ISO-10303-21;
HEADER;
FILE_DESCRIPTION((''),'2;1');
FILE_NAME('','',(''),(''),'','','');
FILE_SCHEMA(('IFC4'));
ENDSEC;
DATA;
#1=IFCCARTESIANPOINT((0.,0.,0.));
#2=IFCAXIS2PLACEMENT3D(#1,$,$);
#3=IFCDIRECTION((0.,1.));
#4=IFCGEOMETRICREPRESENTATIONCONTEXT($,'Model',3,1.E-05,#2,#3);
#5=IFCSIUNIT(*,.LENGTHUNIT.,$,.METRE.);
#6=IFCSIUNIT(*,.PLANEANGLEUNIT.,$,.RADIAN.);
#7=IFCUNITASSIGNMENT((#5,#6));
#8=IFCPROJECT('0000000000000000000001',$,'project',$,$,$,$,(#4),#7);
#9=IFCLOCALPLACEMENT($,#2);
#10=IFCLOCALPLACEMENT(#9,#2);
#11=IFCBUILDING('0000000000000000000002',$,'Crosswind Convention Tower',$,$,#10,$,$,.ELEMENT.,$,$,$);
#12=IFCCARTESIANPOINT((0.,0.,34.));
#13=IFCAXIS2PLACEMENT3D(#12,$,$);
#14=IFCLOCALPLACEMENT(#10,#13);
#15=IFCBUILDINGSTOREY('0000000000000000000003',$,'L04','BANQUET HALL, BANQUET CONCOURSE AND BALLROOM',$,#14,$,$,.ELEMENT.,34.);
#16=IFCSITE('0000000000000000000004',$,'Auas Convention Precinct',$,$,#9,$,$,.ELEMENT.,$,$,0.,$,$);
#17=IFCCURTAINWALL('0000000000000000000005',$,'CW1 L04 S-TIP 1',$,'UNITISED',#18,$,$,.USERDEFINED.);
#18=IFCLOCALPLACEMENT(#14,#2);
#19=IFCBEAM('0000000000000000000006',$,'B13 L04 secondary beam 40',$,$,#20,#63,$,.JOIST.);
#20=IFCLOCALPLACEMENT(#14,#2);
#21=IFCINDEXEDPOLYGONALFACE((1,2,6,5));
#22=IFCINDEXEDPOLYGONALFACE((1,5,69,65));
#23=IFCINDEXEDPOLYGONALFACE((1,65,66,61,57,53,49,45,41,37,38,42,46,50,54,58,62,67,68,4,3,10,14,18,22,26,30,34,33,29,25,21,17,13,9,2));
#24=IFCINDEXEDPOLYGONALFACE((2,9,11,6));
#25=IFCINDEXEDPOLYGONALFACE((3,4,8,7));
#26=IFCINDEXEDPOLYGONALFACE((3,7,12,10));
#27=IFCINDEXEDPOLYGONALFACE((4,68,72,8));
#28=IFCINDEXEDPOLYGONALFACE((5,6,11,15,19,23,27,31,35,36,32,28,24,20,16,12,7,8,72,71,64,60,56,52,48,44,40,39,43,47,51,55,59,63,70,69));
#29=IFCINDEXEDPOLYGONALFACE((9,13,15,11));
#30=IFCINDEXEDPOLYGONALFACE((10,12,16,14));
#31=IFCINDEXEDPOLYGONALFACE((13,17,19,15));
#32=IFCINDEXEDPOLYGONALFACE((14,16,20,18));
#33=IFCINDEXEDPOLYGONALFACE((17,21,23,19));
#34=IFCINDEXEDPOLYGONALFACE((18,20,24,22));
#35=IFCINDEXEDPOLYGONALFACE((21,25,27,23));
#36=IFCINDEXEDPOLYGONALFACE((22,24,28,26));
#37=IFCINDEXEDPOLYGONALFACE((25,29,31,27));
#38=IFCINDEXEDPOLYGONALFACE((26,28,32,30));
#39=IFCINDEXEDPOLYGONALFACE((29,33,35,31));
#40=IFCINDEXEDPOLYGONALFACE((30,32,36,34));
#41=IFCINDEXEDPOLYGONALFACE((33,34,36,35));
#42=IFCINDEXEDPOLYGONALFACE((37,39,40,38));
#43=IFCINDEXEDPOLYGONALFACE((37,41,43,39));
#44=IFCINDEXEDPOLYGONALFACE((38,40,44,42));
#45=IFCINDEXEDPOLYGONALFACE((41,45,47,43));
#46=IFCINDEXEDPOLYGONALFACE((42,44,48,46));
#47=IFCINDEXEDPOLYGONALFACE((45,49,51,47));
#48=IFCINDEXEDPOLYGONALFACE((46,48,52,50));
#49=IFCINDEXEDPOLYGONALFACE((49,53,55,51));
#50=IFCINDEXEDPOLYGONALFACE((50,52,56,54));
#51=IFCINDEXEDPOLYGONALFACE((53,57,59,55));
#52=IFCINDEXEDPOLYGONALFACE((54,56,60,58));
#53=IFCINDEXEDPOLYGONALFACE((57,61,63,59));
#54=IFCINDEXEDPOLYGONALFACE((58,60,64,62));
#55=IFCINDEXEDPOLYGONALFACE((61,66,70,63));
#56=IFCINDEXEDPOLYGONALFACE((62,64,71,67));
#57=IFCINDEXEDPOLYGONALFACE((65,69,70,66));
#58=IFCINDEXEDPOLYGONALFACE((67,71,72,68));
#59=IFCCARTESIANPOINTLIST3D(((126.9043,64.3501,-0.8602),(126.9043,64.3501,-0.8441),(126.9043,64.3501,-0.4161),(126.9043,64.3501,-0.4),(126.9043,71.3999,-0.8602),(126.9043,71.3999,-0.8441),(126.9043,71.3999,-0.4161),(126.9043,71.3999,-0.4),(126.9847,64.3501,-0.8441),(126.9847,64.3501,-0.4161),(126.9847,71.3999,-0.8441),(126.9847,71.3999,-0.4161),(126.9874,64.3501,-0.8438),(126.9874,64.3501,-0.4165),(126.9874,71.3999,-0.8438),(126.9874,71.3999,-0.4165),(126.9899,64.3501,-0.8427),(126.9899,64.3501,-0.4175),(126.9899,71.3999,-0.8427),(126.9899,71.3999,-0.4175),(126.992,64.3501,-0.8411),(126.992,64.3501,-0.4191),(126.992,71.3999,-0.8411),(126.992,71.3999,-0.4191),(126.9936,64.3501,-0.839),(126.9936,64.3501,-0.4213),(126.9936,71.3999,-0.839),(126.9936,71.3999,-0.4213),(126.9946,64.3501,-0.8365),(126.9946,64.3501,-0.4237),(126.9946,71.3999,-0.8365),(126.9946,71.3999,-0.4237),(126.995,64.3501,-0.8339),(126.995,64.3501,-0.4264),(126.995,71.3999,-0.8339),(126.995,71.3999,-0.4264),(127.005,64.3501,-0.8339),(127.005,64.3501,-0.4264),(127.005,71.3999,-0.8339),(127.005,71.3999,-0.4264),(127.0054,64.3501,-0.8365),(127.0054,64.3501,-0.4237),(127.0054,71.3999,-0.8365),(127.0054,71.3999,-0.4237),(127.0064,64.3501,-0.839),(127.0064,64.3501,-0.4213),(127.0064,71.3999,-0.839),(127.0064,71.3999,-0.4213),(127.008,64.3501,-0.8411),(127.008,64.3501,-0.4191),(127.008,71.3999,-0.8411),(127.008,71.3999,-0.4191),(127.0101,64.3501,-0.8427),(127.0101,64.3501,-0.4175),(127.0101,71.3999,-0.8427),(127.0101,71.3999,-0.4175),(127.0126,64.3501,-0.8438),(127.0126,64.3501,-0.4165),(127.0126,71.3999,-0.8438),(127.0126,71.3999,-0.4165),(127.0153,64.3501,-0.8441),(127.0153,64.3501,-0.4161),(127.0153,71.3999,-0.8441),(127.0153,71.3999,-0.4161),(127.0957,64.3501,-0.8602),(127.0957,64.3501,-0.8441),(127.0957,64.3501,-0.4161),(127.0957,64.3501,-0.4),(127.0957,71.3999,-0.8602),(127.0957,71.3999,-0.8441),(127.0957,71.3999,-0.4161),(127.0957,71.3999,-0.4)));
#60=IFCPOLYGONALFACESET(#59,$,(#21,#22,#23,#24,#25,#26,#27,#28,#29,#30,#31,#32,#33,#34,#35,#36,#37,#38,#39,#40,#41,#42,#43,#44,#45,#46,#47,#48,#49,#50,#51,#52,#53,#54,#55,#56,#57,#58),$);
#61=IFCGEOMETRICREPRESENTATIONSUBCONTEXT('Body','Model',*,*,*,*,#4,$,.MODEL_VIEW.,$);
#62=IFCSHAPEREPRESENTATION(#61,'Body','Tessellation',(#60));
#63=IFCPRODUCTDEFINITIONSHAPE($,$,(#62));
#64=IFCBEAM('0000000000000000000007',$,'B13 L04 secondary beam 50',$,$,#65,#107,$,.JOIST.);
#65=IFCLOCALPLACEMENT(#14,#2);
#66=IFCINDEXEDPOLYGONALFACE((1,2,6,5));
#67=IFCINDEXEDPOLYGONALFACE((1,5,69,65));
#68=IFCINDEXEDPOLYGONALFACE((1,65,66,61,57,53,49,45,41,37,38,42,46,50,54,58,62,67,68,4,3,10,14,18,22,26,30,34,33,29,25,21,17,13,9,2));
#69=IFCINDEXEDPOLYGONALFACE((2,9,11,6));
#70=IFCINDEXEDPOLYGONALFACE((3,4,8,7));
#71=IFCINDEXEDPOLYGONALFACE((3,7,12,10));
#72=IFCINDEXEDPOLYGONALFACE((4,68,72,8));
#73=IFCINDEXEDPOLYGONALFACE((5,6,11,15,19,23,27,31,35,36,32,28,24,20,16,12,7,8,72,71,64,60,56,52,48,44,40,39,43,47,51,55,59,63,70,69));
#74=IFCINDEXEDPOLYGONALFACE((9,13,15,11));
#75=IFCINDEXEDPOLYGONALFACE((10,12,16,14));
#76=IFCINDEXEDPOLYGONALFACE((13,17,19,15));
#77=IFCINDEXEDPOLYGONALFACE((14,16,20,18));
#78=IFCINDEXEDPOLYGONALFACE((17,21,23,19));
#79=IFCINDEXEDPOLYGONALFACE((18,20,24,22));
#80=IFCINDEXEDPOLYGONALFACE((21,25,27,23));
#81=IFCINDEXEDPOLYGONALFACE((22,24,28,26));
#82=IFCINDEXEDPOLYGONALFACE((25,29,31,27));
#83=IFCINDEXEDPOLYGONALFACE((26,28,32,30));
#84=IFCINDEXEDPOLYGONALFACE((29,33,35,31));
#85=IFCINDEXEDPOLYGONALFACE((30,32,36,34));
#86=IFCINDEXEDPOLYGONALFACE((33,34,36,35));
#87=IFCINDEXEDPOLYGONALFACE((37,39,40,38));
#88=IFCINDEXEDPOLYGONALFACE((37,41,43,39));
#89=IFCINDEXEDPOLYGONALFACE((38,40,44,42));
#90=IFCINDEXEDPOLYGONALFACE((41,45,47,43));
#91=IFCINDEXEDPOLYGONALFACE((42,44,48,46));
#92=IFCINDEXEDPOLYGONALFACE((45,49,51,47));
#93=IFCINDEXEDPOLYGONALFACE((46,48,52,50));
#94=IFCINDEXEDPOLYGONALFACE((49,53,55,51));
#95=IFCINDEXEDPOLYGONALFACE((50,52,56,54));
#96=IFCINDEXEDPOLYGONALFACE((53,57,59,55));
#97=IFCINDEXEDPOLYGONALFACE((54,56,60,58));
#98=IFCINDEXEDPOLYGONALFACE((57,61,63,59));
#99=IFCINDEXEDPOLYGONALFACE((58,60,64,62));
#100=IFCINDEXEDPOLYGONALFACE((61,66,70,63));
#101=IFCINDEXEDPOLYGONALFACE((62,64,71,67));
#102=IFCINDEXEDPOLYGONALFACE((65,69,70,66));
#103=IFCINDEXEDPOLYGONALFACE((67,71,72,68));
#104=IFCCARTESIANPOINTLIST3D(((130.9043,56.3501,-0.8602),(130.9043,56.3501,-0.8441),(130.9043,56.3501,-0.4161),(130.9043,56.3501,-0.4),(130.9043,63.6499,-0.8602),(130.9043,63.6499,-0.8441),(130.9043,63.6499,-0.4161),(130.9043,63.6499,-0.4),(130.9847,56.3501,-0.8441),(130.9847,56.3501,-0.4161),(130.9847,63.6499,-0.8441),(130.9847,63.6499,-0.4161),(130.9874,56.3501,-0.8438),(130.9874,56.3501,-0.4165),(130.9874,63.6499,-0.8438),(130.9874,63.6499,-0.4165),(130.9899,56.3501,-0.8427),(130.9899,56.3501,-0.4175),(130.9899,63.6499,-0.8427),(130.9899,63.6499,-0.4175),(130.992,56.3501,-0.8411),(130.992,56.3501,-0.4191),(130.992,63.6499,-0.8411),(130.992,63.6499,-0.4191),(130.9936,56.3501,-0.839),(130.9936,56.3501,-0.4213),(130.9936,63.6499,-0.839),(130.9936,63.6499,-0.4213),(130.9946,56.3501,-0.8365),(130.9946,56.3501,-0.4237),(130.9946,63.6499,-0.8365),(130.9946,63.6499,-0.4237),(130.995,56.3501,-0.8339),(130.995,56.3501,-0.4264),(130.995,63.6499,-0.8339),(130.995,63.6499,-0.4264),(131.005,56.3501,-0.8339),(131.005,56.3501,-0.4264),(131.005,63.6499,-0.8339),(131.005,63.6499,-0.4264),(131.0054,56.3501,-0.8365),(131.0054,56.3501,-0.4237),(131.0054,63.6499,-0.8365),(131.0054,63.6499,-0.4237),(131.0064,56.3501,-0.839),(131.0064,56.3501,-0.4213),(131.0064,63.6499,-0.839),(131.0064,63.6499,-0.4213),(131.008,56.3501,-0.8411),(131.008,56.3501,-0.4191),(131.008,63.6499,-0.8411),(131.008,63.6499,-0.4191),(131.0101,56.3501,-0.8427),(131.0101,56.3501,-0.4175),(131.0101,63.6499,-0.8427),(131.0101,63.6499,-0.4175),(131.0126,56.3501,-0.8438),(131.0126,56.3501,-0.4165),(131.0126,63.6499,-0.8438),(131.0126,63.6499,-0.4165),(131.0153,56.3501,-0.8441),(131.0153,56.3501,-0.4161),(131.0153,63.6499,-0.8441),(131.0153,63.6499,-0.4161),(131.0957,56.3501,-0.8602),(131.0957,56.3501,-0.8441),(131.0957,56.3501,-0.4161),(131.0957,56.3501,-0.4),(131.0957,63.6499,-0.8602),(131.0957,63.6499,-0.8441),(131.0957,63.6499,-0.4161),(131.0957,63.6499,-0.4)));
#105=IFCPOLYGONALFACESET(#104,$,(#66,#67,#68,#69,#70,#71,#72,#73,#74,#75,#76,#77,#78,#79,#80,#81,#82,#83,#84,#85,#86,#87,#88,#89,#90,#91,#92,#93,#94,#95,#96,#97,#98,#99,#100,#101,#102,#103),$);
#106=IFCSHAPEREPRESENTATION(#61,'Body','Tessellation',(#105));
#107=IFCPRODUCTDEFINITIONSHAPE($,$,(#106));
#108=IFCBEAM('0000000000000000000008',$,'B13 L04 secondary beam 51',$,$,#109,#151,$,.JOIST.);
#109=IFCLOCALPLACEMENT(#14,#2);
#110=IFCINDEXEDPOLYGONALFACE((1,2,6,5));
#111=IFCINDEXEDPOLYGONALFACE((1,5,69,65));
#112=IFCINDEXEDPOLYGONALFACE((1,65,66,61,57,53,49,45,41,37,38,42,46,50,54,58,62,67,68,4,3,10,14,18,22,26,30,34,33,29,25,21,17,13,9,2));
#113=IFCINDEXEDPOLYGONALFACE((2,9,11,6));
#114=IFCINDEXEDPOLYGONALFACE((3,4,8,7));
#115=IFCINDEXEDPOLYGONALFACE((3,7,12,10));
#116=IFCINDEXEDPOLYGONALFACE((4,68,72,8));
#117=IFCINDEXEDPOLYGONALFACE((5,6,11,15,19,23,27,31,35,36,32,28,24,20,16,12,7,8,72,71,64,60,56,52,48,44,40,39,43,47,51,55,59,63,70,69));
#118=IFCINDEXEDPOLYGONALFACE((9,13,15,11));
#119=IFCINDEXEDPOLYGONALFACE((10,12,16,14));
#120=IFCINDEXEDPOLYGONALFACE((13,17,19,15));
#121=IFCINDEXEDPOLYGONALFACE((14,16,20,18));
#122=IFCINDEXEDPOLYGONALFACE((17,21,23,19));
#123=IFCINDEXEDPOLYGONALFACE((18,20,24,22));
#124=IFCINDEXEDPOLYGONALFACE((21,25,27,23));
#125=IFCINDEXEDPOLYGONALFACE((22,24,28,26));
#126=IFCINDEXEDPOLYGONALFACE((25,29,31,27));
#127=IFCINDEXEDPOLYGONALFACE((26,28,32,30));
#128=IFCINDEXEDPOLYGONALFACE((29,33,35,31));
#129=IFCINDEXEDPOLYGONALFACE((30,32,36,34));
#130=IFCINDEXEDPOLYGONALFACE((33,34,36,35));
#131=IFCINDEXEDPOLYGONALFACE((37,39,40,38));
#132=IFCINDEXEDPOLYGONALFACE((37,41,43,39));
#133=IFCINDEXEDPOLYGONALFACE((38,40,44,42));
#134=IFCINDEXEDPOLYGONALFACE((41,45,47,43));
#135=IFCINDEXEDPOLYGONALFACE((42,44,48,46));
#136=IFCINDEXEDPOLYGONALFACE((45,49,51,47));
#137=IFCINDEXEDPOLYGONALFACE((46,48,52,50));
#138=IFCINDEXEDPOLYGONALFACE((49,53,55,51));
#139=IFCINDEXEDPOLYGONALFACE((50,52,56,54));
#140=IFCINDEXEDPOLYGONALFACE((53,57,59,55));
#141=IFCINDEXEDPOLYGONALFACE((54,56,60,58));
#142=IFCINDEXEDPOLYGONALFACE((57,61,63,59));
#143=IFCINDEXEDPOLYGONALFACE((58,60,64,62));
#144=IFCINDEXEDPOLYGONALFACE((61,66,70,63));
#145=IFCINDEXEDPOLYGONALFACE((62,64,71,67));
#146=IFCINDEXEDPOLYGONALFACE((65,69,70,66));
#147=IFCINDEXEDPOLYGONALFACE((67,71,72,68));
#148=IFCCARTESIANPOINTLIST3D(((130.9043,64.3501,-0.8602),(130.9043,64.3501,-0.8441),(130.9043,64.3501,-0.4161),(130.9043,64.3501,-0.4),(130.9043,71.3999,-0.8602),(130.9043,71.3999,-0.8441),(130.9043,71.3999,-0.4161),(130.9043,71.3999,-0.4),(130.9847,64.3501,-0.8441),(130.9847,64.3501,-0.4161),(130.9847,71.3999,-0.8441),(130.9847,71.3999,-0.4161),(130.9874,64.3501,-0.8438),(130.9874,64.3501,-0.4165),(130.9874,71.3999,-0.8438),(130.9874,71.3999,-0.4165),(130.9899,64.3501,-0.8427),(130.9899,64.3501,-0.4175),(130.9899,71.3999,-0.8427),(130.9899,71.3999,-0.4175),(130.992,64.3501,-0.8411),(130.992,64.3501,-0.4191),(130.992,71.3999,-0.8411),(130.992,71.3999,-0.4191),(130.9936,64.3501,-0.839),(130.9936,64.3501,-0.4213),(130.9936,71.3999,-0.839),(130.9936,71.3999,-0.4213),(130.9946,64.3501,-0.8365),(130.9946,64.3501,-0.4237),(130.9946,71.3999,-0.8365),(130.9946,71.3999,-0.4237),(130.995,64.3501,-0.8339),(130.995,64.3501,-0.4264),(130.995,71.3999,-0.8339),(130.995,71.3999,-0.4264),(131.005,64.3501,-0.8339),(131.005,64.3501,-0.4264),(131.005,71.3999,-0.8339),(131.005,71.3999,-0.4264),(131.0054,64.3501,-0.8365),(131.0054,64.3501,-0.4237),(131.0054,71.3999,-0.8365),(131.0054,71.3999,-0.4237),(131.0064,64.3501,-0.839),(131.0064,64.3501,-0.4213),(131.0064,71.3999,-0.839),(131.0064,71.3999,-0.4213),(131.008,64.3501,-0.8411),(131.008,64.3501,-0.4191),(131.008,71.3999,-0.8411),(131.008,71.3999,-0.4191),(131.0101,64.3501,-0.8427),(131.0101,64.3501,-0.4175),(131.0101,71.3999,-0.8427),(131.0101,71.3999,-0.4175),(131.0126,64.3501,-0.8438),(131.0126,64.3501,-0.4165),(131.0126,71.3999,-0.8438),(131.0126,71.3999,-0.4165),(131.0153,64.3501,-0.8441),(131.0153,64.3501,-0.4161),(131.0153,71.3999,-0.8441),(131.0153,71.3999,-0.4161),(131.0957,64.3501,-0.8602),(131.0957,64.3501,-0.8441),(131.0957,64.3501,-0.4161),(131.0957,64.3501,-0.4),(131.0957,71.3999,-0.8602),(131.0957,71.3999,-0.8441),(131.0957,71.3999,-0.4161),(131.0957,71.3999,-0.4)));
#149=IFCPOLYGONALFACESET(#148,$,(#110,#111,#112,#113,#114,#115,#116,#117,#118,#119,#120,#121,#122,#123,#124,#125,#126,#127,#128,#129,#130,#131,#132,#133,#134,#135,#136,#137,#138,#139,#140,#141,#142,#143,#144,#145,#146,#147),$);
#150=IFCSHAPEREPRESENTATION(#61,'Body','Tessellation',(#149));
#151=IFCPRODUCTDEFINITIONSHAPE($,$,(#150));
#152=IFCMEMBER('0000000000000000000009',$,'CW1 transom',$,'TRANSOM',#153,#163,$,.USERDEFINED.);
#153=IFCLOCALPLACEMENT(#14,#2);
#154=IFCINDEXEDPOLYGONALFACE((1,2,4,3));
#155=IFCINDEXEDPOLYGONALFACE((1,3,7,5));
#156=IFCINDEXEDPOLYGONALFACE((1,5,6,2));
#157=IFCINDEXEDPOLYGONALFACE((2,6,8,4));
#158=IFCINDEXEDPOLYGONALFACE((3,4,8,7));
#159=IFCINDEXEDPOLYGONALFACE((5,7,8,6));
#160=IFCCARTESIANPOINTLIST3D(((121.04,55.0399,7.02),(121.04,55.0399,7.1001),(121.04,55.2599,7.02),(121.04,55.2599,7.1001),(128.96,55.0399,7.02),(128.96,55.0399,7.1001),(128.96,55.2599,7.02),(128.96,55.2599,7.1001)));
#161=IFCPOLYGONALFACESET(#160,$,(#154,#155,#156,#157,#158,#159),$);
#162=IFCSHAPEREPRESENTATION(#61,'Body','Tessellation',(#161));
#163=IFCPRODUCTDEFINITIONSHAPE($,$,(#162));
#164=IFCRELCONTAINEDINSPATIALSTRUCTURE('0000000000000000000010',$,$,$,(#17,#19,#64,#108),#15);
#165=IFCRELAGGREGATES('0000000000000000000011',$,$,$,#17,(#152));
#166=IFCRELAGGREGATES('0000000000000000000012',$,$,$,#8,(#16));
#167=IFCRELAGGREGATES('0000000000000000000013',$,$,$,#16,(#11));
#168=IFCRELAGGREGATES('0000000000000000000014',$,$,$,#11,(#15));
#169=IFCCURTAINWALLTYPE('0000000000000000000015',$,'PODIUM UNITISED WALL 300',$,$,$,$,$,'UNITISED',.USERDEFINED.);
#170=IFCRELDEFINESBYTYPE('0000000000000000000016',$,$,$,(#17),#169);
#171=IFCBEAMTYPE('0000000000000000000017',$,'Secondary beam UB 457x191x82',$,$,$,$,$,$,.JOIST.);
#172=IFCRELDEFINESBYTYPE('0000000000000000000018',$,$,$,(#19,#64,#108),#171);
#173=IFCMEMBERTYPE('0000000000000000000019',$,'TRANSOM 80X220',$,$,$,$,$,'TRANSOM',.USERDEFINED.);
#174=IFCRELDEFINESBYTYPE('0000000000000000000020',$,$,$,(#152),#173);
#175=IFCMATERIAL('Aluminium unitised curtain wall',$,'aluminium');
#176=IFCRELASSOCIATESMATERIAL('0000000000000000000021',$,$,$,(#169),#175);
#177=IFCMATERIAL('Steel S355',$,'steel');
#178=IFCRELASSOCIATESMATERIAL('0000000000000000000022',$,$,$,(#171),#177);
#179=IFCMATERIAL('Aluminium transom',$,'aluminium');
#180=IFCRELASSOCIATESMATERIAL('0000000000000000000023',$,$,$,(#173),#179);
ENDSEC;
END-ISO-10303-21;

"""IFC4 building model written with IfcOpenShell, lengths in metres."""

from ifc_helpers import new_model, si_unit, direction, frame, origin, origin_2d, place, context, subcontext, project, spatial, rectangle, i_section, extrude, material, material_profile, profile_set, type_object, element, aggregate, save


model = new_model("IFC4")

# Units and contexts
model_context = context("Model", 3, precision=1e-05, world=origin(), true_north=direction((0.0, 1.0)))
body_context = subcontext(model_context, "Body", "Model", "MODEL_VIEW")
ifc_project = project(units=[si_unit("LENGTHUNIT", "METRE"), si_unit("PLANEANGLEUNIT", "RADIAN")], contexts=[model_context])

# Site, building, storey
site_placement = place(None, origin())
site = spatial("IfcSite", under=ifc_project, at=site_placement, Name="Auas Convention Precinct", CompositionType="ELEMENT", RefElevation=0.0)
building_placement = place(site_placement, origin())
building = spatial("IfcBuilding", under=site, at=building_placement, Name="Crosswind Convention Tower", CompositionType="ELEMENT")
storey_placement = place(building_placement, frame((0.0, 0.0, 34.0)))
storey = spatial("IfcBuildingStorey", under=building, at=storey_placement, Name="L04", Description="BANQUET HALL, BANQUET CONCOURSE AND BALLROOM", CompositionType="ELEMENT", Elevation=34.0)

# Curtain wall
ifc_material_1 = material(Name="Aluminium unitised curtain wall", Category="aluminium")
curtain_wall_type = type_object("IfcCurtainWallType", Name="PODIUM UNITISED WALL 300", ElementType="UNITISED", PredefinedType="USERDEFINED", material=ifc_material_1)
curtain_wall_placement = place(storey_placement, origin())
curtain_wall = element("IfcCurtainWall", 1, at=curtain_wall_placement, inside=storey, type_object=curtain_wall_type, Name="CW1 L04 S-TIP 1", ObjectType="UNITISED", PredefinedType="USERDEFINED")

# Beams
ifc_material_2 = material(Name="Steel S355", Category="steel")
ifc_material_profile_1 = material_profile(ifc_material_2, i_section(OverallWidth=0.1914, OverallDepth=0.4602, WebThickness=0.01, FlangeThickness=0.0161, FilletRadius=0.0103, at=origin_2d()), Name="UB 457x191x82")
ifc_profile_set_1 = profile_set([ifc_material_profile_1], Name="Steel S355")
beam_type_1 = type_object("IfcBeamType", Name="Secondary beam UB 457x191x82", PredefinedType="JOIST", material=ifc_profile_set_1)
beam_1_placement = place(storey_placement, frame((127.0, 64.3501, -0.6301), z_axis=(0.0, 1.0, 0.0), x_axis=(-1.0, 0.0, 0.0)))
element("IfcBeam", 2, at=beam_1_placement, inside=storey, type_object=beam_type_1, Name="B13 L04 secondary beam 40", PredefinedType="JOIST", context=body_context, shape_type="SweptSolid", body=[
    extrude(i_section(OverallWidth=0.1914, OverallDepth=0.4602, WebThickness=0.01, FlangeThickness=0.0161, FilletRadius=0.0103, at=origin_2d()), origin(), (0.0, 0.0, 1.0), 7.0498),
])
beam_2_placement = place(storey_placement, frame((131.0, 56.3501, -0.6301), z_axis=(0.0, 1.0, 0.0), x_axis=(-1.0, 0.0, 0.0)))
element("IfcBeam", 3, at=beam_2_placement, inside=storey, type_object=beam_type_1, Name="B13 L04 secondary beam 50", PredefinedType="JOIST", context=body_context, shape_type="SweptSolid", body=[
    extrude(i_section(OverallWidth=0.1914, OverallDepth=0.4602, WebThickness=0.01, FlangeThickness=0.0161, FilletRadius=0.0103, at=origin_2d()), origin(), (0.0, 0.0, 1.0), 7.2998),
])
beam_3_placement = place(storey_placement, frame((131.0, 64.3501, -0.6301), z_axis=(0.0, 1.0, 0.0), x_axis=(-1.0, 0.0, 0.0)))
element("IfcBeam", 4, at=beam_3_placement, inside=storey, type_object=beam_type_1, Name="B13 L04 secondary beam 51", PredefinedType="JOIST", context=body_context, shape_type="SweptSolid", body=[
    extrude(i_section(OverallWidth=0.1914, OverallDepth=0.4602, WebThickness=0.01, FlangeThickness=0.0161, FilletRadius=0.0103, at=origin_2d()), origin(), (0.0, 0.0, 1.0), 7.0498),
])

# Member
ifc_material_3 = material(Name="Aluminium transom", Category="aluminium")
ifc_material_profile_2 = material_profile(ifc_material_3, rectangle(XDim=0.22, YDim=0.0801, at=origin_2d()), Name="AL 220X80")
ifc_profile_set_2 = profile_set([ifc_material_profile_2], Name="Aluminium transom")
member_type_1 = type_object("IfcMemberType", Name="TRANSOM 80X220", ElementType="TRANSOM", PredefinedType="USERDEFINED", material=ifc_profile_set_2)
member_1_placement = place(storey_placement, frame((121.04, 55.1499, 7.0601), z_axis=(1.0, 0.0, 0.0), x_axis=(0.0, 1.0, 0.0)))
member_1 = element("IfcMember", 5, at=member_1_placement, type_object=member_type_1, Name="CW1 transom", ObjectType="TRANSOM", PredefinedType="USERDEFINED", context=body_context, shape_type="SweptSolid", body=[
    extrude(rectangle(XDim=0.22, YDim=0.0801, at=origin_2d()), origin(), (0.0, 0.0, 1.0), 7.9199),
])

aggregate(curtain_wall, [member_1])

save(model, "model.ifc")
